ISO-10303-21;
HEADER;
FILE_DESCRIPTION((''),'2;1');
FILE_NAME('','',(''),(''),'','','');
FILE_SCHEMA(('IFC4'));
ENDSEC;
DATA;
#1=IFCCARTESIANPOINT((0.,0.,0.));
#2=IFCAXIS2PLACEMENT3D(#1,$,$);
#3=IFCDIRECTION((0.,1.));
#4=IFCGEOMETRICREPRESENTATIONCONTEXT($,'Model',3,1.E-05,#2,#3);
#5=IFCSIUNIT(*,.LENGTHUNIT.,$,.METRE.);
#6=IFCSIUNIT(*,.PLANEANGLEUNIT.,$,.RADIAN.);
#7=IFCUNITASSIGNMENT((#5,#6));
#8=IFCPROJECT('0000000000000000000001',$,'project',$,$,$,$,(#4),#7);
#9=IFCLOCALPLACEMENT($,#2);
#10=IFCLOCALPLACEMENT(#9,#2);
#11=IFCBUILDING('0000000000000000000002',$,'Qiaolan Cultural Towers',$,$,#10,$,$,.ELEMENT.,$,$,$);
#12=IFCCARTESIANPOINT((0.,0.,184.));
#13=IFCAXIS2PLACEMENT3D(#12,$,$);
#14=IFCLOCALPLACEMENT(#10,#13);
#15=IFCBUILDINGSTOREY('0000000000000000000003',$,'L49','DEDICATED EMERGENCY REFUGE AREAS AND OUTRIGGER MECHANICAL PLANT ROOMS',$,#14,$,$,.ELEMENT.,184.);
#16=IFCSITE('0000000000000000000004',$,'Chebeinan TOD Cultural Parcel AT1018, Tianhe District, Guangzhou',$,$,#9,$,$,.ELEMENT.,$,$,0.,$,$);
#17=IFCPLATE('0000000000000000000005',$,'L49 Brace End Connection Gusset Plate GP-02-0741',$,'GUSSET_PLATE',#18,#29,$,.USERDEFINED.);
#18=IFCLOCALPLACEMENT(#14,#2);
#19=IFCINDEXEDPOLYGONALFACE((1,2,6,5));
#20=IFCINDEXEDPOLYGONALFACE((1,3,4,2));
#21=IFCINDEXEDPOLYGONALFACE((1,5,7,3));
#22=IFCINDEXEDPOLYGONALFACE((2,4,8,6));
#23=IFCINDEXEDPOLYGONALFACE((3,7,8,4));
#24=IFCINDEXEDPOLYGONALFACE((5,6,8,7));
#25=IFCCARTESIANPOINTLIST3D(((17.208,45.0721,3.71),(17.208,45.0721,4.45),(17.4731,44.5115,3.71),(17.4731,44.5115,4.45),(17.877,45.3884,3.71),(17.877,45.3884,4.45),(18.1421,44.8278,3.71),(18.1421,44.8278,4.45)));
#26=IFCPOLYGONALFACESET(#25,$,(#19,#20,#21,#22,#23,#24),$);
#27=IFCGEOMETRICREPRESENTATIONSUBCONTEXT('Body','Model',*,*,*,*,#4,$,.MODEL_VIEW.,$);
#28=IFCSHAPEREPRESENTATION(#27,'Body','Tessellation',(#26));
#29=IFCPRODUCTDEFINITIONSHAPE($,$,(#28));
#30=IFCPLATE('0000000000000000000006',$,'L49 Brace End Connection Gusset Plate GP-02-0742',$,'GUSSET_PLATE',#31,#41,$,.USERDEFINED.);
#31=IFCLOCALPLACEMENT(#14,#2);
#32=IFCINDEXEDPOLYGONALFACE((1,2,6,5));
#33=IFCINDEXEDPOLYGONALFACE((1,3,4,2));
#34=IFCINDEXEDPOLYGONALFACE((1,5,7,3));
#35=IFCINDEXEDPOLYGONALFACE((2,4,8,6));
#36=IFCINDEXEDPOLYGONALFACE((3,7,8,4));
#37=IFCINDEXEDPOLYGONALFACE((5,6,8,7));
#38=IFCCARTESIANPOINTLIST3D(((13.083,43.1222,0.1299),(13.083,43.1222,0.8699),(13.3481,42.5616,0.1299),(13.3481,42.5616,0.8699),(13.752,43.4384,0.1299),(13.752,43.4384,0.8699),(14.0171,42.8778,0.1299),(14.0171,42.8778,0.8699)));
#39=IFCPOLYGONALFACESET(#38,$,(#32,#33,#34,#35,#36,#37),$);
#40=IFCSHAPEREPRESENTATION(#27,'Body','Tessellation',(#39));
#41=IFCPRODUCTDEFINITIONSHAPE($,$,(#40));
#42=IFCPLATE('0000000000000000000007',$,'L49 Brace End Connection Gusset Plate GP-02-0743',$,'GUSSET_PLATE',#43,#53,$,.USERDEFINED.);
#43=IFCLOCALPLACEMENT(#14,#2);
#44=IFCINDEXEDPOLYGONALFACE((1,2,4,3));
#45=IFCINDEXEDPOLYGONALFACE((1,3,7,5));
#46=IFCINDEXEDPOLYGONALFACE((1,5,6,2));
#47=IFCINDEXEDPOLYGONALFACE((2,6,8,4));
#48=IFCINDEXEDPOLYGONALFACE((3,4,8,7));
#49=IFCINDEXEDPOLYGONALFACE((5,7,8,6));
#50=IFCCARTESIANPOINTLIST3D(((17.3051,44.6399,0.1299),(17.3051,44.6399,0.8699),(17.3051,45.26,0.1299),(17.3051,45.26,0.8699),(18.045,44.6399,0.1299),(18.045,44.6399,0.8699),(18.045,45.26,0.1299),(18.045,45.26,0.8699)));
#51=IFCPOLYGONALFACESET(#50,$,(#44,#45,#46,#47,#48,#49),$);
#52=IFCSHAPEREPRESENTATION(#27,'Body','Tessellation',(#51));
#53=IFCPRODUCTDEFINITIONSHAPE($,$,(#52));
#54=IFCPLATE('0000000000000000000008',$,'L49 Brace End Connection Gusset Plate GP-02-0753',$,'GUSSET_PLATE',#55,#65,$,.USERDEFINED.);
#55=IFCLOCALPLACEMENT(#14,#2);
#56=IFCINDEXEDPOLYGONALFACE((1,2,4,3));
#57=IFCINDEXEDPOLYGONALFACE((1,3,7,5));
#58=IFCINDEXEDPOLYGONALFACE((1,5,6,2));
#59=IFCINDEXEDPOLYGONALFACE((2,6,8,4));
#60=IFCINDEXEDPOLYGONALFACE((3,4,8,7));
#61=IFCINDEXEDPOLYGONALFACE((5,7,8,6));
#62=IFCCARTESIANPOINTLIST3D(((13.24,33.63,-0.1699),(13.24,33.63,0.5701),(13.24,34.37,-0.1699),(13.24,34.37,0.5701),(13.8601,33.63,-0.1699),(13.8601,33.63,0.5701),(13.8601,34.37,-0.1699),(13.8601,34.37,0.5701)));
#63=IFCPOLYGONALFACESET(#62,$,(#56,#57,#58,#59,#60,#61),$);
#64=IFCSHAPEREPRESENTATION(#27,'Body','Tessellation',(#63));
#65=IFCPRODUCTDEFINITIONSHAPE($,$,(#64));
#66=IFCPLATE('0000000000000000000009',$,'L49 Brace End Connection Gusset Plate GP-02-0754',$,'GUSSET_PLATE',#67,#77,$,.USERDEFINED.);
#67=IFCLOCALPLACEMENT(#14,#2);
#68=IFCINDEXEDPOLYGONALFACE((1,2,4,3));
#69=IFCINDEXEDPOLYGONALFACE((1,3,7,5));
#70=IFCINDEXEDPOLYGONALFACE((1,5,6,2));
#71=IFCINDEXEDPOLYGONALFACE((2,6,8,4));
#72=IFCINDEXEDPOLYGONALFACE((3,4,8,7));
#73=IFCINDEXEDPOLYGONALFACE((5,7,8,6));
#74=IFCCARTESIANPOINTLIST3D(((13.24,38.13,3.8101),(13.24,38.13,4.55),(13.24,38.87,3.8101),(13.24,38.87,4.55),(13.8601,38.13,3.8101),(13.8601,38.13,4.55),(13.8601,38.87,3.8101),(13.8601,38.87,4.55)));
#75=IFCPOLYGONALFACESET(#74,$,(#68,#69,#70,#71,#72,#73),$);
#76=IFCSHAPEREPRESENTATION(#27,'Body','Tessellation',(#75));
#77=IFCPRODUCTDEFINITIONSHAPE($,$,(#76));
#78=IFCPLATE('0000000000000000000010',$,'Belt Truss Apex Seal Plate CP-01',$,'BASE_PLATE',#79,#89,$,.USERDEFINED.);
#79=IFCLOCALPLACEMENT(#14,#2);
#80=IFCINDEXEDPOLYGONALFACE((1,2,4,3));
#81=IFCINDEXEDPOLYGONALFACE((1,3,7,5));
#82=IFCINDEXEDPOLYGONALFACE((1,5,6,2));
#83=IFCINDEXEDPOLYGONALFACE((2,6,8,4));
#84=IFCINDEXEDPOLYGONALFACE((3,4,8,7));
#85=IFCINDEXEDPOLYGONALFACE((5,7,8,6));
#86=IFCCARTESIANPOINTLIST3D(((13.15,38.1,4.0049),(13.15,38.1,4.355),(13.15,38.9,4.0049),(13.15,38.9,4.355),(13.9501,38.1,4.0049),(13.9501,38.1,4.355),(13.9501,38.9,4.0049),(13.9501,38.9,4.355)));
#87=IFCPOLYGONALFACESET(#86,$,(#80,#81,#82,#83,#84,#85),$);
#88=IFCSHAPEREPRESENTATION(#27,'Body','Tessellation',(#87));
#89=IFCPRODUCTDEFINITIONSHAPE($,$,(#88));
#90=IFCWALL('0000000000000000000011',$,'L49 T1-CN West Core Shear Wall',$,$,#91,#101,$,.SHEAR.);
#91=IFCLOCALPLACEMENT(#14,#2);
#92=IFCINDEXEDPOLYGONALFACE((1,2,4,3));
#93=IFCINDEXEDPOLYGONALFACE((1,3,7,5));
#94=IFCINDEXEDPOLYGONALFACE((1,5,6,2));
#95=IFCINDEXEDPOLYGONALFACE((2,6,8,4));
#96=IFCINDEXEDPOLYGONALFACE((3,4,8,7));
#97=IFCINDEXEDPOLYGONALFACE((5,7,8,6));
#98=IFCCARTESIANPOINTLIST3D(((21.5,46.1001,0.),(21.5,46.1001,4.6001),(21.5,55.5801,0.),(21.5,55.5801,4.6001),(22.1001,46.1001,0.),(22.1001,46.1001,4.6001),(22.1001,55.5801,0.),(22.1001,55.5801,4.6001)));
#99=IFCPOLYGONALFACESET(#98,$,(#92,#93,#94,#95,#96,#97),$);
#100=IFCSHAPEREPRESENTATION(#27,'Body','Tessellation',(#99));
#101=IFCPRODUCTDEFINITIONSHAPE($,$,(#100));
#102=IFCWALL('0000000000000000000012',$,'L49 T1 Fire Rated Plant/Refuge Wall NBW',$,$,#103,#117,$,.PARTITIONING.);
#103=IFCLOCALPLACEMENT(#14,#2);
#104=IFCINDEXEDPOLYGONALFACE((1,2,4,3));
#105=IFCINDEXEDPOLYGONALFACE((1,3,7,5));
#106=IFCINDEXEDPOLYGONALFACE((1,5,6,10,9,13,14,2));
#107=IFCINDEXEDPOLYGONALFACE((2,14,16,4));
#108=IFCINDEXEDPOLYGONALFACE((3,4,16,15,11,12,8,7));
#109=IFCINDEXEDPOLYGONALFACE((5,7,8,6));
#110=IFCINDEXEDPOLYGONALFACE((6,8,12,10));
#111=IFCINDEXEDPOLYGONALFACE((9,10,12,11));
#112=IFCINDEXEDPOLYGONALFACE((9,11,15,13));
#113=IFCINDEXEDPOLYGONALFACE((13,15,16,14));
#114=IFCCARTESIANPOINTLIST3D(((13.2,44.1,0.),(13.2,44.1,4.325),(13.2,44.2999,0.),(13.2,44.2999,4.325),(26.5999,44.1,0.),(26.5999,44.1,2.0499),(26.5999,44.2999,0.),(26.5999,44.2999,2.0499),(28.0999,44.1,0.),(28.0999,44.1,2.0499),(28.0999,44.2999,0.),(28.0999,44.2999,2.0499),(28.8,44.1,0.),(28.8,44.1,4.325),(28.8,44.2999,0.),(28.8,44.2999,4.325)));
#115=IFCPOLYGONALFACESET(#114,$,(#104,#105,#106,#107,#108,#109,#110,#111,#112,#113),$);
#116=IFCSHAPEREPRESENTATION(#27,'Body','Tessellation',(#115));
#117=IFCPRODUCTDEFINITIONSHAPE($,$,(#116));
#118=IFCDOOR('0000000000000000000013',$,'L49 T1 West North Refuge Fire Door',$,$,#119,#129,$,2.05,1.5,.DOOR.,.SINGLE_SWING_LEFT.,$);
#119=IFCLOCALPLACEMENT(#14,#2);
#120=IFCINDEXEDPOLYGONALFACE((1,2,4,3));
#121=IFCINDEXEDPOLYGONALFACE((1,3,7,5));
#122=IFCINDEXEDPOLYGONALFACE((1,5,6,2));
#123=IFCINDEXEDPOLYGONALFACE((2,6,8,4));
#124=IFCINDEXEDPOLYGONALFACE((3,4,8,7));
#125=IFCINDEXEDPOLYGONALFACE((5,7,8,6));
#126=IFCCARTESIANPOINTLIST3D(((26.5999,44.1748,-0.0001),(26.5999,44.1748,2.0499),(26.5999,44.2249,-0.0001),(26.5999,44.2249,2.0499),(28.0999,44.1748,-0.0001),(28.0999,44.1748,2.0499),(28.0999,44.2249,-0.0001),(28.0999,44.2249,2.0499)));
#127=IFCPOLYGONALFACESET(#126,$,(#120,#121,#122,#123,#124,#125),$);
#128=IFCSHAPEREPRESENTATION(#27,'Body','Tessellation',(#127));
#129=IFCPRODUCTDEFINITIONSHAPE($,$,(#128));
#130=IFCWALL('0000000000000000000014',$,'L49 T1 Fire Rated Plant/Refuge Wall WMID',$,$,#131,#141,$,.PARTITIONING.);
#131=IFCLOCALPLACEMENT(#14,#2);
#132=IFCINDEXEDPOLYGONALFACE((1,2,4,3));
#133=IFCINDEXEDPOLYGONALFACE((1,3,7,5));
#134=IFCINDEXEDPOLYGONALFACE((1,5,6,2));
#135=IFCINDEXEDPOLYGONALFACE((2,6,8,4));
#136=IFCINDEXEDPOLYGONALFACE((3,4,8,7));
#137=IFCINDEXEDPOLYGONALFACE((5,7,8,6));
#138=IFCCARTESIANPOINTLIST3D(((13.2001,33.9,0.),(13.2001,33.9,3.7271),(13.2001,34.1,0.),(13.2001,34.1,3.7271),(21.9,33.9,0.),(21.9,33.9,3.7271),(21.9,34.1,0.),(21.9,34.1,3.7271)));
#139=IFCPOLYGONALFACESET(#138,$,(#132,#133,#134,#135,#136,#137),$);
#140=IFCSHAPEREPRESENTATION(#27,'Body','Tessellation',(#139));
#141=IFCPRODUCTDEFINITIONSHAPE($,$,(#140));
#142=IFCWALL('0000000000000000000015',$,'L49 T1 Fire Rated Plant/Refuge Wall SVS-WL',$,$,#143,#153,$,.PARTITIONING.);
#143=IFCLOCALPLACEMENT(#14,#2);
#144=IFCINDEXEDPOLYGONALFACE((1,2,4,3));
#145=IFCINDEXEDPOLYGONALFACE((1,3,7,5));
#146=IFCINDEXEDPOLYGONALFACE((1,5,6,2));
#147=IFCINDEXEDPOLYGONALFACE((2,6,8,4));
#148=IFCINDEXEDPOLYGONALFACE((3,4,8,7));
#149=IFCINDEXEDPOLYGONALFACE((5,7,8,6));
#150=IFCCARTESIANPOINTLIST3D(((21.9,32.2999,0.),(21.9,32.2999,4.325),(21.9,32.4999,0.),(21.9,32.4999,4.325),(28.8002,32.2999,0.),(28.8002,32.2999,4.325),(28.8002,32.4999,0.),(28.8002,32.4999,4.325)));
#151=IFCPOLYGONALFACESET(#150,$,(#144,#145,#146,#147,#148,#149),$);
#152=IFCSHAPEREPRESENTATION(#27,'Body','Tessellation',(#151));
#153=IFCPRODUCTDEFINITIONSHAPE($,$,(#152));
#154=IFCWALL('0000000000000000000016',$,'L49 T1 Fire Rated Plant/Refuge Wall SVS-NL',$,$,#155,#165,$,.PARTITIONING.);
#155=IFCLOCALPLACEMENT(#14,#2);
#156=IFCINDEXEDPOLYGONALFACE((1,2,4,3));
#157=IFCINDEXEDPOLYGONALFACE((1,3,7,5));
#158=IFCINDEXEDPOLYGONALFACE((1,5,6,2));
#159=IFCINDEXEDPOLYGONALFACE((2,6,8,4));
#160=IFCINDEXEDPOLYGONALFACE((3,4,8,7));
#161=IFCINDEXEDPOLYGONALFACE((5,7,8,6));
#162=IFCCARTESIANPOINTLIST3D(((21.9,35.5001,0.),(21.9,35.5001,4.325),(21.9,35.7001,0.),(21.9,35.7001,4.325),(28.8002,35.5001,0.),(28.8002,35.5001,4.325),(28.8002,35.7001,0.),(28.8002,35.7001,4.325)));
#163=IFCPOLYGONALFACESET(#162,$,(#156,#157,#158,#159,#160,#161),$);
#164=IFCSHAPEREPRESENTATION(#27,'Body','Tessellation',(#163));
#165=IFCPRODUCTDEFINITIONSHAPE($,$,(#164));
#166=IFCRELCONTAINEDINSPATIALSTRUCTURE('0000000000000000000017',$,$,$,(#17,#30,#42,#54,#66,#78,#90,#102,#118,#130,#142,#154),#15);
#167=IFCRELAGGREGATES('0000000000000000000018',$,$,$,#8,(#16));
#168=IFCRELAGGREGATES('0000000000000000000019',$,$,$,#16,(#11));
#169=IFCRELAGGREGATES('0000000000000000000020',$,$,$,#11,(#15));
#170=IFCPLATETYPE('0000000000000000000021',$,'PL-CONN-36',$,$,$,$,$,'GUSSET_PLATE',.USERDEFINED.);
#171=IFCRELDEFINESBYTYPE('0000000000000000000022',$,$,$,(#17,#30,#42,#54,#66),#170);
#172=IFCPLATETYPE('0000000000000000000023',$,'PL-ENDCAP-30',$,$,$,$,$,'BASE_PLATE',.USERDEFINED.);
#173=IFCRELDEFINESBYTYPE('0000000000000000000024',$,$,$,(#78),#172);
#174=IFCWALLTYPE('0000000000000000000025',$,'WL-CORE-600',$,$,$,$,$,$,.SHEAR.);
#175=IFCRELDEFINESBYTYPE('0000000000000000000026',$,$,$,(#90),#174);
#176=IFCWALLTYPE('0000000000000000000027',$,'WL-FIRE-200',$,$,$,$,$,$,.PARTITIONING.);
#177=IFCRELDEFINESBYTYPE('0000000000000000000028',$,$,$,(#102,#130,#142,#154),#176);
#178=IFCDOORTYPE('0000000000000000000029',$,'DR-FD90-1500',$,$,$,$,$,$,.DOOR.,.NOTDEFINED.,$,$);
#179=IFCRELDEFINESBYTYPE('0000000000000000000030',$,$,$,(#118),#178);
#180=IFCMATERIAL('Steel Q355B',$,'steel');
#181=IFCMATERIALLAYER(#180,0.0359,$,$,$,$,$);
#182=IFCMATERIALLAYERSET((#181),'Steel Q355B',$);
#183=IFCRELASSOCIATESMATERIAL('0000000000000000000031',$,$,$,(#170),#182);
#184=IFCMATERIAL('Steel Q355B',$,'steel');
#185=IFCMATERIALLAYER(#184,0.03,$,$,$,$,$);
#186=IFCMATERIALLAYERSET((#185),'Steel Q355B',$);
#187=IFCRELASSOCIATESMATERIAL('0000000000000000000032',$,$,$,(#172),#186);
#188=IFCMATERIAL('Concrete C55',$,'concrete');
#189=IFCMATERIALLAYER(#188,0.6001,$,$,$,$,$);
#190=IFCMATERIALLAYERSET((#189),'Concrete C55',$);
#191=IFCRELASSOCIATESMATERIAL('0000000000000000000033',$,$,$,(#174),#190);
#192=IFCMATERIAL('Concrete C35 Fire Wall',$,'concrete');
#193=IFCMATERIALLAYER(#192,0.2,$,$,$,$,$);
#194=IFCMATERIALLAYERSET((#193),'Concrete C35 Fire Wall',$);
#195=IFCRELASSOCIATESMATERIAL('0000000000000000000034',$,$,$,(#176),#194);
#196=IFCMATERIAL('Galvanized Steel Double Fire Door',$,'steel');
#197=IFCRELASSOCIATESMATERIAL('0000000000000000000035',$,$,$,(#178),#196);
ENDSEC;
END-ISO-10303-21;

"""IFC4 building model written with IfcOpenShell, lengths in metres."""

from ifc_helpers import new_model, si_unit, direction, frame, frame_2d, origin, origin_2d, place, context, subcontext, project, spatial, rectangle, extrude, material, layer, layer_set, type_object, element, fill, save


model = new_model("IFC4")

# Units and contexts
model_context = context("Model", 3, precision=1e-05, world=origin(), true_north=direction((0.0, 1.0)))
body_context = subcontext(model_context, "Body", "Model", "MODEL_VIEW")
ifc_project = project(units=[si_unit("LENGTHUNIT", "METRE"), si_unit("PLANEANGLEUNIT", "RADIAN")], contexts=[model_context])

# Site, building, storey
site_placement = place(None, origin())
site = spatial("IfcSite", under=ifc_project, at=site_placement, Name="Chebeinan TOD Cultural Parcel AT1018, Tianhe District, Guangzhou", CompositionType="ELEMENT", RefElevation=0.0)
building_placement = place(site_placement, origin())
building = spatial("IfcBuilding", under=site, at=building_placement, Name="Qiaolan Cultural Towers", CompositionType="ELEMENT")
storey_placement = place(building_placement, frame((0.0, 0.0, 184.0)))
storey = spatial("IfcBuildingStorey", under=building, at=storey_placement, Name="L49", Description="DEDICATED EMERGENCY REFUGE AREAS AND OUTRIGGER MECHANICAL PLANT ROOMS", CompositionType="ELEMENT", Elevation=184.0)

# Plates
ifc_material_1 = material(Name="Steel Q355B", Category="steel")
ifc_layer_1 = layer(ifc_material_1, 0.0359)
ifc_layer_set_1 = layer_set([ifc_layer_1], Name="Steel Q355B")
plate_type_1 = type_object("IfcPlateType", Name="PL-CONN-36", ElementType="GUSSET_PLATE", PredefinedType="USERDEFINED", material=ifc_layer_set_1)
for number, where, z_axis, x_axis, name in (
    (1, (17.675, 44.95, 3.71), (0.0, 0.0, 1.0), (0.904072, 0.42738, 0.0), "L49 Brace End Connection Gusset Plate GP-02-0741"),
    (2, (13.55, 43.0, 0.1299), (0.0, 0.0, 1.0), (0.904072, 0.42738, 0.0), "L49 Brace End Connection Gusset Plate GP-02-0742"),
    (3, (17.675, 44.95, 0.1299), (0.0, 0.0, 1.0), (1.0, 0.0, 0.0), "L49 Brace End Connection Gusset Plate GP-02-0743"),
    (4, (13.55, 34.0, -0.1699), (0.0, 0.0, 1.0), (0.0, 1.0, 0.0), "L49 Brace End Connection Gusset Plate GP-02-0753"),
    (5, (13.55, 38.5, 3.8101), (0.0, 0.0, 1.0), (0.0, 1.0, 0.0), "L49 Brace End Connection Gusset Plate GP-02-0754"),
):
    element("IfcPlate", number, at=place(storey_placement, frame(where, z_axis=z_axis, x_axis=x_axis)), inside=storey, type_object=plate_type_1, Name=name, ObjectType="GUSSET_PLATE", PredefinedType="USERDEFINED", context=body_context, shape_type="SweptSolid", body=[
        extrude(rectangle(XDim=0.74, YDim=0.6201, at=origin_2d()), origin(), (0.0, 0.0, 1.0), 0.74),
    ])
ifc_material_2 = material(Name="Steel Q355B", Category="steel")
ifc_layer_2 = layer(ifc_material_2, 0.03)
ifc_layer_set_2 = layer_set([ifc_layer_2], Name="Steel Q355B")
plate_type_2 = type_object("IfcPlateType", Name="PL-ENDCAP-30", ElementType="BASE_PLATE", PredefinedType="USERDEFINED", material=ifc_layer_set_2)
plate_placement = place(storey_placement, frame((13.55, 38.5, 4.0049), z_axis=(0.0, 0.0, 1.0), x_axis=(1.0, 0.0, 0.0)))
element("IfcPlate", 6, at=plate_placement, inside=storey, type_object=plate_type_2, Name="Belt Truss Apex Seal Plate CP-01", ObjectType="BASE_PLATE", PredefinedType="USERDEFINED", context=body_context, shape_type="SweptSolid", body=[
    extrude(rectangle(XDim=0.8, YDim=0.8, at=origin_2d()), origin(), (0.0, 0.0, 1.0), 0.3501),
])

# Wall
ifc_material_3 = material(Name="Concrete C55", Category="concrete")
ifc_layer_3 = layer(ifc_material_3, 0.6001)
ifc_layer_set_3 = layer_set([ifc_layer_3], Name="Concrete C55")
wall_type_1 = type_object("IfcWallType", Name="WL-CORE-600", PredefinedType="SHEAR", material=ifc_layer_set_3)
wall_1_placement = place(storey_placement, frame((21.8, 46.1001, 0.0), z_axis=(0.0, 0.0, 1.0), x_axis=(0.0, 1.0, 0.0)))
element("IfcWall", 7, at=wall_1_placement, inside=storey, type_object=wall_type_1, Name="L49 T1-CN West Core Shear Wall", PredefinedType="SHEAR", context=body_context, shape_type="SweptSolid", body=[
    extrude(rectangle(XDim=9.48, YDim=0.6001, at=frame_2d((4.74, 0.0))), origin(), (0.0, 0.0, 1.0), 4.6001),
])

# Wall, opening, door
ifc_material_4 = material(Name="Concrete C35 Fire Wall", Category="concrete")
ifc_layer_4 = layer(ifc_material_4, 0.2)
ifc_layer_set_4 = layer_set([ifc_layer_4], Name="Concrete C35 Fire Wall")
wall_type_2 = type_object("IfcWallType", Name="WL-FIRE-200", PredefinedType="PARTITIONING", material=ifc_layer_set_4)
wall_2_placement = place(storey_placement, frame((13.2, 44.2, 0.0), z_axis=(0.0, 0.0, 1.0), x_axis=(1.0, 0.0, 0.0)))
wall_2 = element("IfcWall", 8, at=wall_2_placement, inside=storey, type_object=wall_type_2, Name="L49 T1 Fire Rated Plant/Refuge Wall NBW", PredefinedType="PARTITIONING", context=body_context, shape_type="SweptSolid", body=[
    extrude(rectangle(XDim=15.6001, YDim=0.2, at=frame_2d((7.8, 0.0))), origin(), (0.0, 0.0, 1.0), 4.325),
])
opening_placement = place(wall_2_placement, frame((13.3999, 0.0, 0.0)))
opening = element("IfcOpeningElement", 9, at=opening_placement, cuts=wall_2, PredefinedType="OPENING", context=body_context, shape_type="SweptSolid", body=[
    extrude(rectangle(XDim=1.5, YDim=2.05, at=frame_2d((0.75, 1.0249))), frame((0.0, 0.1099, 0.0), z_axis=(0.0, -1.0, 0.0), x_axis=(1.0, 0.0, 0.0)), (0.0, 0.0, 1.0), 0.22),
])
ifc_material_5 = material(Name="Galvanized Steel Double Fire Door", Category="steel")
door_type = type_object("IfcDoorType", Name="DR-FD90-1500", OperationType="NOTDEFINED", PredefinedType="DOOR", material=ifc_material_5)
door_placement = place(opening_placement, origin())
door = element("IfcDoor", 10, at=door_placement, inside=storey, type_object=door_type, Name="L49 T1 West North Refuge Fire Door", OperationType="SINGLE_SWING_LEFT", OverallHeight=2.05, OverallWidth=1.5, PredefinedType="DOOR", context=body_context, shape_type="SweptSolid", body=[
    extrude(rectangle(XDim=1.5, YDim=2.05, at=frame_2d((0.75, 1.0249))), frame((0.0, 0.0249, 0.0), z_axis=(0.0, -1.0, 0.0), x_axis=(1.0, 0.0, 0.0)), (0.0, 0.0, 1.0), 0.05),
])
fill(opening, door)

# Walls
wall_3_placement = place(storey_placement, frame((13.2, 34.0, 0.0), z_axis=(0.0, 0.0, 1.0), x_axis=(1.0, 0.0, 0.0)))
element("IfcWall", 11, at=wall_3_placement, inside=storey, type_object=wall_type_2, Name="L49 T1 Fire Rated Plant/Refuge Wall WMID", PredefinedType="PARTITIONING", context=body_context, shape_type="SweptSolid", body=[
    extrude(rectangle(XDim=8.7, YDim=0.2, at=frame_2d((4.3501, 0.0))), origin(), (0.0, 0.0, 1.0), 3.7271),
])
for number, where, z_axis, x_axis, name in (
    (12, (21.8999, 32.3999, 0.0), (0.0, 0.0, 1.0), (1.0, 0.0, 0.0), "L49 T1 Fire Rated Plant/Refuge Wall SVS-WL"),
    (13, (21.8999, 35.6001, 0.0), (0.0, 0.0, 1.0), (1.0, 0.0, 0.0), "L49 T1 Fire Rated Plant/Refuge Wall SVS-NL"),
):
    element("IfcWall", number, at=place(storey_placement, frame(where, z_axis=z_axis, x_axis=x_axis)), inside=storey, type_object=wall_type_2, Name=name, PredefinedType="PARTITIONING", context=body_context, shape_type="SweptSolid", body=[
        extrude(rectangle(XDim=6.9001, YDim=0.2, at=frame_2d((3.4502, 0.0))), origin(), (0.0, 0.0, 1.0), 4.325),
    ])

save(model, "model.ifc")
